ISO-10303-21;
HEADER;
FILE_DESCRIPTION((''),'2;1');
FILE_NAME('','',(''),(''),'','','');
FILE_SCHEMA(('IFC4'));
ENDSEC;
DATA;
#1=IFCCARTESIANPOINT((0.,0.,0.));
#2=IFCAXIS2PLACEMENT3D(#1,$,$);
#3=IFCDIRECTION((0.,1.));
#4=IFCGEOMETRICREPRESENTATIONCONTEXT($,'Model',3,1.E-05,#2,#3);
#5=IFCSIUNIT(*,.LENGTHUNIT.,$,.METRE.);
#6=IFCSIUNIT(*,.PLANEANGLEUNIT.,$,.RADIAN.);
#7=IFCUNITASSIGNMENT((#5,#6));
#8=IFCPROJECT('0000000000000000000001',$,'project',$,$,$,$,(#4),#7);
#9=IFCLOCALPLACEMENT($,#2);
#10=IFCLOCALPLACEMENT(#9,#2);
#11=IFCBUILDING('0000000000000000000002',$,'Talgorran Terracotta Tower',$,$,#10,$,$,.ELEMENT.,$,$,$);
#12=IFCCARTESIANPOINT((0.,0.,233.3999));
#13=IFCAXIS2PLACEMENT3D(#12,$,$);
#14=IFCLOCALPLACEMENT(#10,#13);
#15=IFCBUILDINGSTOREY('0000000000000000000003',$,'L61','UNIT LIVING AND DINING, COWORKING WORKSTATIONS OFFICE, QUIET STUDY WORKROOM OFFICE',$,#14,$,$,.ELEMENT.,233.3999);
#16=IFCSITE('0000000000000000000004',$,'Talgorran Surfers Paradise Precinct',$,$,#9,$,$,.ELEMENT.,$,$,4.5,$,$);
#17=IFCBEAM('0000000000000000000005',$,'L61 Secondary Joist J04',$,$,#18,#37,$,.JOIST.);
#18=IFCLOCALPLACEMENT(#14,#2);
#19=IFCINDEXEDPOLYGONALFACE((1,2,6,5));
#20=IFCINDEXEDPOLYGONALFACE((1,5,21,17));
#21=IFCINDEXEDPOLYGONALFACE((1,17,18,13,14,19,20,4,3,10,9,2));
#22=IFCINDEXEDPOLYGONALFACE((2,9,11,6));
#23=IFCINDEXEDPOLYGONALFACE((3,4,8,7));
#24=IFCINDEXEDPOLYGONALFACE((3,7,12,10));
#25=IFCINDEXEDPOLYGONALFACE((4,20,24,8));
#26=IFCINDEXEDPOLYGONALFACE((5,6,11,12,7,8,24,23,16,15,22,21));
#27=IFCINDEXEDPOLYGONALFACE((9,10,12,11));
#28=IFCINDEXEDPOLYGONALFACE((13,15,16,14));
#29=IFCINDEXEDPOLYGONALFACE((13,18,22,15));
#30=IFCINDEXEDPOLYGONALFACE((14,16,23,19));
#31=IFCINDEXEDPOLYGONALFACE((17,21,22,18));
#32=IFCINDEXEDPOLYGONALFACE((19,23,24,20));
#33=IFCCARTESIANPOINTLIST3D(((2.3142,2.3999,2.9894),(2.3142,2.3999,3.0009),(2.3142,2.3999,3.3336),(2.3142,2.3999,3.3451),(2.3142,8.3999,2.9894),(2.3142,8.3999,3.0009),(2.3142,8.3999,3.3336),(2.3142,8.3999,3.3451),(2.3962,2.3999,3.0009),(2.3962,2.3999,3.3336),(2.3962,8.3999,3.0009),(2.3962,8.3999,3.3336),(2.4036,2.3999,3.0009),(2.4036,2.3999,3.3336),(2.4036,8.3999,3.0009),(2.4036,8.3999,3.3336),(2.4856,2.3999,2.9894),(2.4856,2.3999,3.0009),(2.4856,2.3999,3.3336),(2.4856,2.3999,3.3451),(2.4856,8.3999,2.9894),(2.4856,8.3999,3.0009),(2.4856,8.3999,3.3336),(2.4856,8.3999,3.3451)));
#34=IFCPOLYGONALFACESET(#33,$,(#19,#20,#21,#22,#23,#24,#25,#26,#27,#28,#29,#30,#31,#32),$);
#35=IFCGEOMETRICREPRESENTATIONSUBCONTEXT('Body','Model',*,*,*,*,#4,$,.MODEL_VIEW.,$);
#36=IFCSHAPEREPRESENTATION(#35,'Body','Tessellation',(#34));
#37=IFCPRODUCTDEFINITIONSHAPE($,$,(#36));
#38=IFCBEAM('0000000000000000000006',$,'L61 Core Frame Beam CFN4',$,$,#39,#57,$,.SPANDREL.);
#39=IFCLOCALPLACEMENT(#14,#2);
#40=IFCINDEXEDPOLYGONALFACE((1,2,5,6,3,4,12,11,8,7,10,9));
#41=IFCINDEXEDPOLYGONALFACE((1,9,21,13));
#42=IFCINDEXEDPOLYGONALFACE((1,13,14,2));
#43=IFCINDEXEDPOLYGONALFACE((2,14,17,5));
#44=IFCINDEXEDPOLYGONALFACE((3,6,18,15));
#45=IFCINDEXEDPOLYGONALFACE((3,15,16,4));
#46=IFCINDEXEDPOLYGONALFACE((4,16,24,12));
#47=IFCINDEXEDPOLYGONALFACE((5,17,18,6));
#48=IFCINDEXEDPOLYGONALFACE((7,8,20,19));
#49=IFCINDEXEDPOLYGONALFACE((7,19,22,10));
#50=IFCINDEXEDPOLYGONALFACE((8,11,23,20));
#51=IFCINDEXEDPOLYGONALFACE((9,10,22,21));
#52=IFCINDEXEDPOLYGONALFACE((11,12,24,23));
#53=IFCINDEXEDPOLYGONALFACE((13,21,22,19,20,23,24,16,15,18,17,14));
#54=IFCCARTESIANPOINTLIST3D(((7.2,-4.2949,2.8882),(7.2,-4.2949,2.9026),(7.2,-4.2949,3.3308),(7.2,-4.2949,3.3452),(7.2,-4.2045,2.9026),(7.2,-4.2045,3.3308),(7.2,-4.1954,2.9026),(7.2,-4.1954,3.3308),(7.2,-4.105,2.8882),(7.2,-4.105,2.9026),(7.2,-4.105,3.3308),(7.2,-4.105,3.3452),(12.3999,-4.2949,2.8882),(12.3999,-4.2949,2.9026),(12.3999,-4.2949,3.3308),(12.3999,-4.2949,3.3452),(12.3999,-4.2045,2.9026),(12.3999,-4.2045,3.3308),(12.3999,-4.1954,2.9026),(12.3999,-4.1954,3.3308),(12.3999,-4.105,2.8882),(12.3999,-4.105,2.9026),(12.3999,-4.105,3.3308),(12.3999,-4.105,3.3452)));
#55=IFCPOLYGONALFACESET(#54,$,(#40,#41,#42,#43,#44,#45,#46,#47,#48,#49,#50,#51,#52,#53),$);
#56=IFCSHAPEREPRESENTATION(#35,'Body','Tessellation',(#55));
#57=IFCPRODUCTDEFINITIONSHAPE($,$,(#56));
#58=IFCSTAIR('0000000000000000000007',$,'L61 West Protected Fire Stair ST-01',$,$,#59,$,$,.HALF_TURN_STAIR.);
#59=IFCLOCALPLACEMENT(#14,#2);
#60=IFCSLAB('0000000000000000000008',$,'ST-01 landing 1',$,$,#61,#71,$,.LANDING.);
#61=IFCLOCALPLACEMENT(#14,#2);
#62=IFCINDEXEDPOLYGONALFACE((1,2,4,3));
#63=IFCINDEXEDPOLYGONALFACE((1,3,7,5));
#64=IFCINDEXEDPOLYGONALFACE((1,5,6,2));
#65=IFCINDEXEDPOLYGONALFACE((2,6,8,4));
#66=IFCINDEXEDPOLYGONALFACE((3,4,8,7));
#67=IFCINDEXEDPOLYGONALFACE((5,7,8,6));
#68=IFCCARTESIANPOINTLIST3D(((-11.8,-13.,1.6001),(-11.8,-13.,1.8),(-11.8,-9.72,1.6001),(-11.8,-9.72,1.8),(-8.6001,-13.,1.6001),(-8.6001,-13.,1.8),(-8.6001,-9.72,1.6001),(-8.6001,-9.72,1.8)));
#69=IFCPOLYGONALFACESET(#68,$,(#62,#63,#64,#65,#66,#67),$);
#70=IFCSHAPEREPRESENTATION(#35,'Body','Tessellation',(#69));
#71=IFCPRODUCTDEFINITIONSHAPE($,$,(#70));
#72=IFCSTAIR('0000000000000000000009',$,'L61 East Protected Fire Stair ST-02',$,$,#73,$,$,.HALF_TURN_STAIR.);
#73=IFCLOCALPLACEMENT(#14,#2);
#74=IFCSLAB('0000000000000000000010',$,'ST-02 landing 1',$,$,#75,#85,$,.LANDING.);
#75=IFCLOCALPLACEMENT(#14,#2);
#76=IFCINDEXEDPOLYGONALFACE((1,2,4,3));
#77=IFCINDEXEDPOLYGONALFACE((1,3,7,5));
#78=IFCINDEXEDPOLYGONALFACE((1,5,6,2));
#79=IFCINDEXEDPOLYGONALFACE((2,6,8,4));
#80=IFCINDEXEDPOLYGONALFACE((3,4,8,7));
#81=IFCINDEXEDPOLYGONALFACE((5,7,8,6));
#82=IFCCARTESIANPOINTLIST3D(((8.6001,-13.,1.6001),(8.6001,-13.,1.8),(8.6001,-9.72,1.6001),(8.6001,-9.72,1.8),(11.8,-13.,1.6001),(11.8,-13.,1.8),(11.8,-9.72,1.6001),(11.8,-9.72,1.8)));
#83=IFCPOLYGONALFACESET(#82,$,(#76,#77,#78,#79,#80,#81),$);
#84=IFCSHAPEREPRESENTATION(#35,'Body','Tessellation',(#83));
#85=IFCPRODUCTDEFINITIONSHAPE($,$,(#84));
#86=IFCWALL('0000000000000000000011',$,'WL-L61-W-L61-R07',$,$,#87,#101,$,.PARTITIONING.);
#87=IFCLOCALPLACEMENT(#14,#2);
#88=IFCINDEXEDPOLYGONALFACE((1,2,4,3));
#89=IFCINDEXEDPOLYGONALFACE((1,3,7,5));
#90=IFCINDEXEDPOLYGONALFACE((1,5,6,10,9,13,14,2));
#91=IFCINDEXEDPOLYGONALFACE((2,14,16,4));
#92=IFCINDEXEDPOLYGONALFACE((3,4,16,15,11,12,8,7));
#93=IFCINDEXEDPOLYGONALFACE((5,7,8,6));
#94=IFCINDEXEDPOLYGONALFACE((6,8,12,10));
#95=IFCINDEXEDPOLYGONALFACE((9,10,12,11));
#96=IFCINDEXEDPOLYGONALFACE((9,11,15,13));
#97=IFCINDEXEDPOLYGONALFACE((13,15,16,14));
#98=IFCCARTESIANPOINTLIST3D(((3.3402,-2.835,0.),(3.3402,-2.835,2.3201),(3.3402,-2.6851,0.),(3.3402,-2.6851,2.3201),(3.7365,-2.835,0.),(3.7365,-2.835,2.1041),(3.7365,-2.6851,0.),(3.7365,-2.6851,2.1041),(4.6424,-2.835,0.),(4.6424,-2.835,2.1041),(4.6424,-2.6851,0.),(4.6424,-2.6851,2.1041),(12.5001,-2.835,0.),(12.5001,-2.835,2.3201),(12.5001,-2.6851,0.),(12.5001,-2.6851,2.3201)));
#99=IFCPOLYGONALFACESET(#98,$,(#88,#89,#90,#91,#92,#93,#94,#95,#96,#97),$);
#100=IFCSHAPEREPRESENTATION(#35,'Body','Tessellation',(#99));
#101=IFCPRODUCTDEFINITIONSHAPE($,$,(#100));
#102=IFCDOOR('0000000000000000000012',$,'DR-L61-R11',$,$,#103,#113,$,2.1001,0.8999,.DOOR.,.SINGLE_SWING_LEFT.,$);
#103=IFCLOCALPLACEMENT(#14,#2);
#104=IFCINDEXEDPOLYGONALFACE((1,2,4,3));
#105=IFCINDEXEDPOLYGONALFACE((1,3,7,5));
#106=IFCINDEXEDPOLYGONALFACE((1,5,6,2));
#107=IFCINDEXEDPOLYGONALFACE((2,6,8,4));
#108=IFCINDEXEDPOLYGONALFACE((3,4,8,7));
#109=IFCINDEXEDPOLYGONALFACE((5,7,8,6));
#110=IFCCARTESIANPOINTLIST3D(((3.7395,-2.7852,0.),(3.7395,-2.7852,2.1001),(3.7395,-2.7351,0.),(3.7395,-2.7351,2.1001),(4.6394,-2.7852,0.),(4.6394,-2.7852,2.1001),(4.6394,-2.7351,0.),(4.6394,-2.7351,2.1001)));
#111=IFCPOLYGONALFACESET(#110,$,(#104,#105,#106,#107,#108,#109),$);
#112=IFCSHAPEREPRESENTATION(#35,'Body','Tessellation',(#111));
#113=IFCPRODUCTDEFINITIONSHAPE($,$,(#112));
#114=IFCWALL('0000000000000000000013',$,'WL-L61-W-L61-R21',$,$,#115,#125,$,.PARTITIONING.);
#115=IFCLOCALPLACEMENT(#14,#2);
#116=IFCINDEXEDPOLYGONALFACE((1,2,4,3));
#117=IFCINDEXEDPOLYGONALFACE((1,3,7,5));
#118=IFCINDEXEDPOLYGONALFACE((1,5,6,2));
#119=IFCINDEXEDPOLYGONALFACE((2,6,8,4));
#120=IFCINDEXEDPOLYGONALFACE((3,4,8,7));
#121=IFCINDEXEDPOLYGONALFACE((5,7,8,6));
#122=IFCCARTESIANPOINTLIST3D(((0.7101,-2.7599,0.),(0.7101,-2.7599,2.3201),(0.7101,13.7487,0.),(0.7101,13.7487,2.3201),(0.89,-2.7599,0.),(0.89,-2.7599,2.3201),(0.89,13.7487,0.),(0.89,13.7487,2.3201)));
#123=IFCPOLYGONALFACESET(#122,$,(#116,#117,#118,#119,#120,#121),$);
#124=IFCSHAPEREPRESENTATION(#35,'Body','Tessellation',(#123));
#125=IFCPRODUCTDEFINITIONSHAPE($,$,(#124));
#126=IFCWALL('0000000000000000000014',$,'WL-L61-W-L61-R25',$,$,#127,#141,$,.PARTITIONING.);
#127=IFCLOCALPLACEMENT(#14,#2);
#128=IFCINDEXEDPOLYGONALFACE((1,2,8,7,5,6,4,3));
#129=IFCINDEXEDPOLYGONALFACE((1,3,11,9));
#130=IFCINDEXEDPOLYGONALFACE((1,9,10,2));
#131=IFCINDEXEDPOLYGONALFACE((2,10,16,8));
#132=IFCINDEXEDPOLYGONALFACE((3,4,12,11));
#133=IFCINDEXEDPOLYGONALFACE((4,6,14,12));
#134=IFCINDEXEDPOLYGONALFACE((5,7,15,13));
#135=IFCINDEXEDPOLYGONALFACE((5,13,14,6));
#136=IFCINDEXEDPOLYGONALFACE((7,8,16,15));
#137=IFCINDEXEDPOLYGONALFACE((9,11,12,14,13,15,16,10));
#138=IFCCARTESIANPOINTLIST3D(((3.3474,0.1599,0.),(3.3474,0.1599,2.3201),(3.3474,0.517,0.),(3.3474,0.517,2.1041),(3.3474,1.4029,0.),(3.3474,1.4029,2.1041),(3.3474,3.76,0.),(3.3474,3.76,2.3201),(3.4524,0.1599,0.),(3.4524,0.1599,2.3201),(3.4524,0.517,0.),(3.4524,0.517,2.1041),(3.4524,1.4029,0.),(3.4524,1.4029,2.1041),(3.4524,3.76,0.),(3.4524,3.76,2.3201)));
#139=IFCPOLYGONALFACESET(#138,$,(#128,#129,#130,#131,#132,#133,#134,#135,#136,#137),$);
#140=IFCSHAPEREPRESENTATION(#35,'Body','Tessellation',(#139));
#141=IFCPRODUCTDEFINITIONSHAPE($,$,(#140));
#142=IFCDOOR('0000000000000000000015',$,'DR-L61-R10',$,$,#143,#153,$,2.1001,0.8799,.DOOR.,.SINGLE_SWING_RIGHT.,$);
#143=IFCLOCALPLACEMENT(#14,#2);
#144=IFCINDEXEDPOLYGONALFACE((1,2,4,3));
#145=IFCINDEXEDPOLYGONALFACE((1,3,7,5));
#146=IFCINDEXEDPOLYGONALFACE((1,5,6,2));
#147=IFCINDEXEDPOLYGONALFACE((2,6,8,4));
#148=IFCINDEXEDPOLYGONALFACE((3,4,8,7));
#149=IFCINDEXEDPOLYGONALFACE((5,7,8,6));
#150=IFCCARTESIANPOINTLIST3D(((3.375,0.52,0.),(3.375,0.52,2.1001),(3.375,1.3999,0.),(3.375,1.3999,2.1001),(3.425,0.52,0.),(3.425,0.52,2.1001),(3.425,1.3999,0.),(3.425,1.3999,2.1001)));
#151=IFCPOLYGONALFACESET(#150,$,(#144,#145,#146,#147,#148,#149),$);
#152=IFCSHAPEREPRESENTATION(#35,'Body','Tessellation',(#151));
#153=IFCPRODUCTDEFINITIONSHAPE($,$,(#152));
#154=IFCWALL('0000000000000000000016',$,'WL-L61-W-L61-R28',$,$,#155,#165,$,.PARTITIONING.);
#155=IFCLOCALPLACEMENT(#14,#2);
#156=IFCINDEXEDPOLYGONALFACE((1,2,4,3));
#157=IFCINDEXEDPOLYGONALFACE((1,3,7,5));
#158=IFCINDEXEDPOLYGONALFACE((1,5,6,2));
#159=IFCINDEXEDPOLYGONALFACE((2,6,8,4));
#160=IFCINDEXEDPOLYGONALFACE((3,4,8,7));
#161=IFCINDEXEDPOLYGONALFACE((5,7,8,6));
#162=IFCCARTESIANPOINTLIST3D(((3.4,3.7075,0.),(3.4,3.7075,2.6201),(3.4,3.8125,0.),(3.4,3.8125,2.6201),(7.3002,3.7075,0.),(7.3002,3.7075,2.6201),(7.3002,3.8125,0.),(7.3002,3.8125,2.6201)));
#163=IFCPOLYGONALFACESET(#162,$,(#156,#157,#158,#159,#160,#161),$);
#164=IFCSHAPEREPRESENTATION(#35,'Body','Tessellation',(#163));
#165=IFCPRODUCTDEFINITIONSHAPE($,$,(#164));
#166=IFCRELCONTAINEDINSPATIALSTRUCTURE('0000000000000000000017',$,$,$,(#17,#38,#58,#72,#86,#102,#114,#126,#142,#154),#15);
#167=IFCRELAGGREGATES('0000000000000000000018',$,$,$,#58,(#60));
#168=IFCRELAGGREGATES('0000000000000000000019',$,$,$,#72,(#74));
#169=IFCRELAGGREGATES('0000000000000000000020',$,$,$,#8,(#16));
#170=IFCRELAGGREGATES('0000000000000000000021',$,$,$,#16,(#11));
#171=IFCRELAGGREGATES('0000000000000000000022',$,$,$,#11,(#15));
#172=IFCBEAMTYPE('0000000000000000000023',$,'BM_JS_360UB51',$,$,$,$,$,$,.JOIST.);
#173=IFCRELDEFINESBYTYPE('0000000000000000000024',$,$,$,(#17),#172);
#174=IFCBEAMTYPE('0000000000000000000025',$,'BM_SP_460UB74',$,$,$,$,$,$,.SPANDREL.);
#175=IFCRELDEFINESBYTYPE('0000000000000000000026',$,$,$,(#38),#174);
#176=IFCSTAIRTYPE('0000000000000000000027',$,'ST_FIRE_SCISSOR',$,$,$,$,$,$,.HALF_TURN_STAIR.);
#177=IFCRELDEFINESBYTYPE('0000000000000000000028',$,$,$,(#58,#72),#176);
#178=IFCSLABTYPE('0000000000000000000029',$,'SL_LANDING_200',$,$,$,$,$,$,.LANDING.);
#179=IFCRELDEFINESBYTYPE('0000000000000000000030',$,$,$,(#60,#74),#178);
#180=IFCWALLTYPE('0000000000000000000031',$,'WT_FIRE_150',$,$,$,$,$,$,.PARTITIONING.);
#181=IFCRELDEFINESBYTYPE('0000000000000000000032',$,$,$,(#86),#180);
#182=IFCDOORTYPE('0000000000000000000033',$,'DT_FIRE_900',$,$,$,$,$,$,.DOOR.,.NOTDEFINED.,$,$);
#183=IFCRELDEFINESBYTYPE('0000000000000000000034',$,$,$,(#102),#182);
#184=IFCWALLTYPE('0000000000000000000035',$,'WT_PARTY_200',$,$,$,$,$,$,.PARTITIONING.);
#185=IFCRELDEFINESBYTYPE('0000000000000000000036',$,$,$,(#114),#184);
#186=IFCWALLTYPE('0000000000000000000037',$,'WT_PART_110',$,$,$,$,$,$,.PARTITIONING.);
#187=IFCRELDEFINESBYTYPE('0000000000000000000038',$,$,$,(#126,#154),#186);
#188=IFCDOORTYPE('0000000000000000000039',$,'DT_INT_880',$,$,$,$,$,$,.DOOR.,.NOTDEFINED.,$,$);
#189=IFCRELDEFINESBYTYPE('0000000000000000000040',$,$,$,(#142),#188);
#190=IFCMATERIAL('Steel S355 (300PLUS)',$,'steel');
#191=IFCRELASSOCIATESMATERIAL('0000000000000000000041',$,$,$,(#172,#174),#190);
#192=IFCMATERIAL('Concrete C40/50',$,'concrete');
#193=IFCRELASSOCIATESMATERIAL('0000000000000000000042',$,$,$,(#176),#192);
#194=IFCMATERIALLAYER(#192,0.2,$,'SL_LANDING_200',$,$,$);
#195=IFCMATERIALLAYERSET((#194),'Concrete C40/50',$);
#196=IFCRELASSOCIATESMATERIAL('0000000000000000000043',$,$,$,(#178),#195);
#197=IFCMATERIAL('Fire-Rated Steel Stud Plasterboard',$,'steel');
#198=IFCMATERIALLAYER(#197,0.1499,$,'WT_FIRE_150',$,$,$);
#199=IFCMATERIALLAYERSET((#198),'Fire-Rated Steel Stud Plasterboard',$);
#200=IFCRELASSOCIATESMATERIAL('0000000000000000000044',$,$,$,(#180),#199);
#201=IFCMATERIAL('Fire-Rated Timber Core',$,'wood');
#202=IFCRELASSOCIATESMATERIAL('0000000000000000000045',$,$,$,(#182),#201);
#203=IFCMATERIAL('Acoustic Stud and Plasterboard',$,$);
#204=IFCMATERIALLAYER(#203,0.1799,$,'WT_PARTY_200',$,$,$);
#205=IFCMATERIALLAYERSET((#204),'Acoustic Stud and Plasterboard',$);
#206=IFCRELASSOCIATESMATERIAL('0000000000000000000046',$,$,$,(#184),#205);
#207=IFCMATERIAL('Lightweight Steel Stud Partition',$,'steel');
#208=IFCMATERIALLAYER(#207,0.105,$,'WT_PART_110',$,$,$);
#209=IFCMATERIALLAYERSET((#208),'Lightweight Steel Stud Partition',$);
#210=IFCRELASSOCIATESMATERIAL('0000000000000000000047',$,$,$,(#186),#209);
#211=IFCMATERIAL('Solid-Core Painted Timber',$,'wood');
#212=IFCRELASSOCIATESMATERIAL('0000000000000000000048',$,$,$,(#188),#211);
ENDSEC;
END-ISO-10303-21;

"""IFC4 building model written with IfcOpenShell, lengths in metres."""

from ifc_helpers import new_model, si_unit, direction, frame, frame_2d, origin, origin_2d, place, context, subcontext, project, spatial, polyline, rectangle, i_section, outline, extrude, material, layer, layer_set, material_profile, profile_set, type_object, element, fill, aggregate, save


model = new_model("IFC4")

# Units and contexts
model_context = context("Model", 3, precision=1e-05, world=origin(), true_north=direction((0.0, 1.0)))
body_context = subcontext(model_context, "Body", "Model", "MODEL_VIEW")
ifc_project = project(units=[si_unit("LENGTHUNIT", "METRE"), si_unit("PLANEANGLEUNIT", "RADIAN")], contexts=[model_context])

# Site, building, storey
site_placement = place(None, origin())
site = spatial("IfcSite", under=ifc_project, at=site_placement, Name="Talgorran Surfers Paradise Precinct", CompositionType="ELEMENT", RefElevation=4.5)
building_placement = place(site_placement, origin())
building = spatial("IfcBuilding", under=site, at=building_placement, Name="Talgorran Terracotta Tower", CompositionType="ELEMENT")
storey_placement = place(building_placement, frame((0.0, 0.0, 233.3999)))
storey = spatial("IfcBuildingStorey", under=building, at=storey_placement, Name="L61", Description="UNIT LIVING AND DINING, COWORKING WORKSTATIONS OFFICE, QUIET STUDY WORKROOM OFFICE", CompositionType="ELEMENT", Elevation=233.3999)

# Shared definitions
ifc_material_1 = material(Name="Steel S355 (300PLUS)", Category="steel")

# Beams
ifc_material_profile_1 = material_profile(ifc_material_1, i_section(OverallWidth=0.1714, OverallDepth=0.3557, WebThickness=0.0073, FlangeThickness=0.0115, at=origin_2d()), Name="360UB50.7")
ifc_profile_set_1 = profile_set([ifc_material_profile_1], Name="Steel S355 (300PLUS)")
beam_type_1 = type_object("IfcBeamType", Name="BM_JS_360UB51", PredefinedType="JOIST", material=ifc_profile_set_1)
beam_1_placement = place(storey_placement, frame((2.3999, 2.3999, 3.1672), z_axis=(0.0, 1.0, 0.0), x_axis=(-1.0, 0.0, 0.0)))
element("IfcBeam", 1, at=beam_1_placement, inside=storey, type_object=beam_type_1, Name="L61 Secondary Joist J04", PredefinedType="JOIST", context=body_context, shape_type="SweptSolid", body=[
    extrude(i_section(OverallWidth=0.1714, OverallDepth=0.3557, WebThickness=0.0073, FlangeThickness=0.0115, at=origin_2d()), origin(), (0.0, 0.0, 1.0), 6.0),
])
ifc_material_profile_2 = material_profile(ifc_material_1, i_section(OverallWidth=0.1899, OverallDepth=0.457, WebThickness=0.009, FlangeThickness=0.0144, at=origin_2d()), Name="460UB74.6")
ifc_profile_set_2 = profile_set([ifc_material_profile_2], Name="Steel S355 (300PLUS)")
beam_type_2 = type_object("IfcBeamType", Name="BM_SP_460UB74", PredefinedType="SPANDREL", material=ifc_profile_set_2)
beam_2_placement = place(storey_placement, frame((7.2, -4.2, 3.1167), z_axis=(1.0, 0.0, 0.0), x_axis=(0.0, 1.0, 0.0)))
element("IfcBeam", 2, at=beam_2_placement, inside=storey, type_object=beam_type_2, Name="L61 Core Frame Beam CFN4", PredefinedType="SPANDREL", context=body_context, shape_type="SweptSolid", body=[
    extrude(i_section(OverallWidth=0.1899, OverallDepth=0.457, WebThickness=0.009, FlangeThickness=0.0144, at=origin_2d()), origin(), (0.0, 0.0, 1.0), 5.2),
])

# Stairs, slabs
ifc_material_2 = material(Name="Concrete C40/50", Category="concrete")
stair_type = type_object("IfcStairType", Name="ST_FIRE_SCISSOR", PredefinedType="HALF_TURN_STAIR", material=ifc_material_2)
stair_1_placement = place(storey_placement, origin())
stair_1 = element("IfcStair", 3, at=stair_1_placement, inside=storey, type_object=stair_type, Name="L61 West Protected Fire Stair ST-01", PredefinedType="HALF_TURN_STAIR")
ifc_layer_1 = layer(ifc_material_2, 0.2, Name="SL_LANDING_200")
ifc_layer_set_1 = layer_set([ifc_layer_1], Name="Concrete C40/50")
slab_type = type_object("IfcSlabType", Name="SL_LANDING_200", PredefinedType="LANDING", material=ifc_layer_set_1)
slab_1_placement = place(storey_placement, frame((0.0, 0.0, 1.6001)))
slab_1 = element("IfcSlab", 4, at=slab_1_placement, type_object=slab_type, Name="ST-01 landing 1", PredefinedType="LANDING", context=body_context, shape_type="SweptSolid", body=[
    extrude(outline(polyline([(-11.8, -9.72), (-11.8, -13.0), (-8.6001, -13.0), (-8.6001, -9.72), (-11.8, -9.72)])), origin(), (0.0, 0.0, 1.0), 0.2),
])
aggregate(stair_1, [slab_1])
stair_2_placement = place(storey_placement, origin())
stair_2 = element("IfcStair", 5, at=stair_2_placement, inside=storey, type_object=stair_type, Name="L61 East Protected Fire Stair ST-02", PredefinedType="HALF_TURN_STAIR")
slab_2_placement = place(storey_placement, frame((0.0, 0.0, 1.6001)))
slab_2 = element("IfcSlab", 6, at=slab_2_placement, type_object=slab_type, Name="ST-02 landing 1", PredefinedType="LANDING", context=body_context, shape_type="SweptSolid", body=[
    extrude(outline(polyline([(8.6001, -9.72), (8.6001, -13.0), (11.8, -13.0), (11.8, -9.72), (8.6001, -9.72)])), origin(), (0.0, 0.0, 1.0), 0.2),
])
aggregate(stair_2, [slab_2])

# Wall, opening, door
ifc_material_3 = material(Name="Fire-Rated Steel Stud Plasterboard", Category="steel")
ifc_layer_2 = layer(ifc_material_3, 0.1499, Name="WT_FIRE_150")
ifc_layer_set_2 = layer_set([ifc_layer_2], Name="Fire-Rated Steel Stud Plasterboard")
wall_type_1 = type_object("IfcWallType", Name="WT_FIRE_150", PredefinedType="PARTITIONING", material=ifc_layer_set_2)
wall_1_placement = place(storey_placement, frame((3.3401, -2.76, 0.0), z_axis=(0.0, 0.0, 1.0), x_axis=(1.0, 0.0, 0.0)))
wall_1 = element("IfcWall", 7, at=wall_1_placement, inside=storey, type_object=wall_type_1, Name="WL-L61-W-L61-R07", PredefinedType="PARTITIONING", context=body_context, shape_type="SweptSolid", body=[
    extrude(rectangle(XDim=9.1599, YDim=0.1499, at=frame_2d((4.5801, 0.0))), origin(), (0.0, 0.0, 1.0), 2.3201),
])
opening_1_placement = place(wall_1_placement, frame((0.3994, 0.0, 0.0)))
opening_1 = element("IfcOpeningElement", 8, at=opening_1_placement, cuts=wall_1, PredefinedType="OPENING", context=body_context, shape_type="SweptSolid", body=[
    extrude(rectangle(XDim=0.9059, YDim=2.1041, at=frame_2d((0.45, 1.052))), frame((0.0, 0.085, 0.0), z_axis=(0.0, -1.0, 0.0), x_axis=(1.0, 0.0, 0.0)), (0.0, 0.0, 1.0), 0.1699),
])
ifc_material_4 = material(Name="Fire-Rated Timber Core", Category="wood")
door_type_1 = type_object("IfcDoorType", Name="DT_FIRE_900", OperationType="NOTDEFINED", PredefinedType="DOOR", material=ifc_material_4)
door_1_placement = place(opening_1_placement, origin())
door_1 = element("IfcDoor", 9, at=door_1_placement, inside=storey, type_object=door_type_1, Name="DR-L61-R11", OperationType="SINGLE_SWING_LEFT", OverallHeight=2.1001, OverallWidth=0.8999, PredefinedType="DOOR", context=body_context, shape_type="SweptSolid", body=[
    extrude(rectangle(XDim=0.8999, YDim=2.1001, at=frame_2d((0.45, 1.05))), frame((0.0, 0.0249, 0.0), z_axis=(0.0, -1.0, 0.0), x_axis=(1.0, 0.0, 0.0)), (0.0, 0.0, 1.0), 0.05),
])
fill(opening_1, door_1)

# Wall
ifc_material_5 = material(Name="Acoustic Stud and Plasterboard")
ifc_layer_3 = layer(ifc_material_5, 0.1799, Name="WT_PARTY_200")
ifc_layer_set_3 = layer_set([ifc_layer_3], Name="Acoustic Stud and Plasterboard")
wall_type_2 = type_object("IfcWallType", Name="WT_PARTY_200", PredefinedType="PARTITIONING", material=ifc_layer_set_3)
wall_2_placement = place(storey_placement, frame((0.8, -2.76, 0.0), z_axis=(0.0, 0.0, 1.0), x_axis=(0.0, 1.0, 0.0)))
element("IfcWall", 10, at=wall_2_placement, inside=storey, type_object=wall_type_2, Name="WL-L61-W-L61-R21", PredefinedType="PARTITIONING", context=body_context, shape_type="SweptSolid", body=[
    extrude(rectangle(XDim=16.5085, YDim=0.1799, at=frame_2d((8.2544, 0.0))), origin(), (0.0, 0.0, 1.0), 2.3201),
])

# Wall, opening, door
ifc_material_6 = material(Name="Lightweight Steel Stud Partition", Category="steel")
ifc_layer_4 = layer(ifc_material_6, 0.105, Name="WT_PART_110")
ifc_layer_set_4 = layer_set([ifc_layer_4], Name="Lightweight Steel Stud Partition")
wall_type_3 = type_object("IfcWallType", Name="WT_PART_110", PredefinedType="PARTITIONING", material=ifc_layer_set_4)
wall_3_placement = place(storey_placement, frame((3.3999, 0.1599, 0.0), z_axis=(0.0, 0.0, 1.0), x_axis=(0.0, 1.0, 0.0)))
wall_3 = element("IfcWall", 11, at=wall_3_placement, inside=storey, type_object=wall_type_3, Name="WL-L61-W-L61-R25", PredefinedType="PARTITIONING", context=body_context, shape_type="SweptSolid", body=[
    extrude(rectangle(XDim=3.6001, YDim=0.105, at=frame_2d((1.8, 0.0))), origin(), (0.0, 0.0, 1.0), 2.3201),
])
opening_2_placement = place(wall_3_placement, frame((0.3601, 0.0, 0.0)))
opening_2 = element("IfcOpeningElement", 12, at=opening_2_placement, cuts=wall_3, PredefinedType="OPENING", context=body_context, shape_type="SweptSolid", body=[
    extrude(rectangle(XDim=0.8859, YDim=2.1041, at=frame_2d((0.4399, 1.052))), frame((0.0, 0.0625, 0.0), z_axis=(0.0, -1.0, 0.0), x_axis=(1.0, 0.0, 0.0)), (0.0, 0.0, 1.0), 0.125),
])
ifc_material_7 = material(Name="Solid-Core Painted Timber", Category="wood")
door_type_2 = type_object("IfcDoorType", Name="DT_INT_880", OperationType="NOTDEFINED", PredefinedType="DOOR", material=ifc_material_7)
door_2_placement = place(opening_2_placement, origin())
door_2 = element("IfcDoor", 13, at=door_2_placement, inside=storey, type_object=door_type_2, Name="DR-L61-R10", OperationType="SINGLE_SWING_RIGHT", OverallHeight=2.1001, OverallWidth=0.8799, PredefinedType="DOOR", context=body_context, shape_type="SweptSolid", body=[
    extrude(rectangle(XDim=0.8799, YDim=2.1001, at=frame_2d((0.4399, 1.05))), frame((0.0, 0.0249, 0.0), z_axis=(0.0, -1.0, 0.0), x_axis=(1.0, 0.0, 0.0)), (0.0, 0.0, 1.0), 0.05),
])
fill(opening_2, door_2)

# Wall
wall_4_placement = place(storey_placement, frame((3.3999, 3.76, 0.0), z_axis=(0.0, 0.0, 1.0), x_axis=(1.0, 0.0, 0.0)))
element("IfcWall", 14, at=wall_4_placement, inside=storey, type_object=wall_type_3, Name="WL-L61-W-L61-R28", PredefinedType="PARTITIONING", context=body_context, shape_type="SweptSolid", body=[
    extrude(rectangle(XDim=3.9001, YDim=0.105, at=frame_2d((1.9502, 0.0))), origin(), (0.0, 0.0, 1.0), 2.6201),
])

save(model, "model.ifc")
